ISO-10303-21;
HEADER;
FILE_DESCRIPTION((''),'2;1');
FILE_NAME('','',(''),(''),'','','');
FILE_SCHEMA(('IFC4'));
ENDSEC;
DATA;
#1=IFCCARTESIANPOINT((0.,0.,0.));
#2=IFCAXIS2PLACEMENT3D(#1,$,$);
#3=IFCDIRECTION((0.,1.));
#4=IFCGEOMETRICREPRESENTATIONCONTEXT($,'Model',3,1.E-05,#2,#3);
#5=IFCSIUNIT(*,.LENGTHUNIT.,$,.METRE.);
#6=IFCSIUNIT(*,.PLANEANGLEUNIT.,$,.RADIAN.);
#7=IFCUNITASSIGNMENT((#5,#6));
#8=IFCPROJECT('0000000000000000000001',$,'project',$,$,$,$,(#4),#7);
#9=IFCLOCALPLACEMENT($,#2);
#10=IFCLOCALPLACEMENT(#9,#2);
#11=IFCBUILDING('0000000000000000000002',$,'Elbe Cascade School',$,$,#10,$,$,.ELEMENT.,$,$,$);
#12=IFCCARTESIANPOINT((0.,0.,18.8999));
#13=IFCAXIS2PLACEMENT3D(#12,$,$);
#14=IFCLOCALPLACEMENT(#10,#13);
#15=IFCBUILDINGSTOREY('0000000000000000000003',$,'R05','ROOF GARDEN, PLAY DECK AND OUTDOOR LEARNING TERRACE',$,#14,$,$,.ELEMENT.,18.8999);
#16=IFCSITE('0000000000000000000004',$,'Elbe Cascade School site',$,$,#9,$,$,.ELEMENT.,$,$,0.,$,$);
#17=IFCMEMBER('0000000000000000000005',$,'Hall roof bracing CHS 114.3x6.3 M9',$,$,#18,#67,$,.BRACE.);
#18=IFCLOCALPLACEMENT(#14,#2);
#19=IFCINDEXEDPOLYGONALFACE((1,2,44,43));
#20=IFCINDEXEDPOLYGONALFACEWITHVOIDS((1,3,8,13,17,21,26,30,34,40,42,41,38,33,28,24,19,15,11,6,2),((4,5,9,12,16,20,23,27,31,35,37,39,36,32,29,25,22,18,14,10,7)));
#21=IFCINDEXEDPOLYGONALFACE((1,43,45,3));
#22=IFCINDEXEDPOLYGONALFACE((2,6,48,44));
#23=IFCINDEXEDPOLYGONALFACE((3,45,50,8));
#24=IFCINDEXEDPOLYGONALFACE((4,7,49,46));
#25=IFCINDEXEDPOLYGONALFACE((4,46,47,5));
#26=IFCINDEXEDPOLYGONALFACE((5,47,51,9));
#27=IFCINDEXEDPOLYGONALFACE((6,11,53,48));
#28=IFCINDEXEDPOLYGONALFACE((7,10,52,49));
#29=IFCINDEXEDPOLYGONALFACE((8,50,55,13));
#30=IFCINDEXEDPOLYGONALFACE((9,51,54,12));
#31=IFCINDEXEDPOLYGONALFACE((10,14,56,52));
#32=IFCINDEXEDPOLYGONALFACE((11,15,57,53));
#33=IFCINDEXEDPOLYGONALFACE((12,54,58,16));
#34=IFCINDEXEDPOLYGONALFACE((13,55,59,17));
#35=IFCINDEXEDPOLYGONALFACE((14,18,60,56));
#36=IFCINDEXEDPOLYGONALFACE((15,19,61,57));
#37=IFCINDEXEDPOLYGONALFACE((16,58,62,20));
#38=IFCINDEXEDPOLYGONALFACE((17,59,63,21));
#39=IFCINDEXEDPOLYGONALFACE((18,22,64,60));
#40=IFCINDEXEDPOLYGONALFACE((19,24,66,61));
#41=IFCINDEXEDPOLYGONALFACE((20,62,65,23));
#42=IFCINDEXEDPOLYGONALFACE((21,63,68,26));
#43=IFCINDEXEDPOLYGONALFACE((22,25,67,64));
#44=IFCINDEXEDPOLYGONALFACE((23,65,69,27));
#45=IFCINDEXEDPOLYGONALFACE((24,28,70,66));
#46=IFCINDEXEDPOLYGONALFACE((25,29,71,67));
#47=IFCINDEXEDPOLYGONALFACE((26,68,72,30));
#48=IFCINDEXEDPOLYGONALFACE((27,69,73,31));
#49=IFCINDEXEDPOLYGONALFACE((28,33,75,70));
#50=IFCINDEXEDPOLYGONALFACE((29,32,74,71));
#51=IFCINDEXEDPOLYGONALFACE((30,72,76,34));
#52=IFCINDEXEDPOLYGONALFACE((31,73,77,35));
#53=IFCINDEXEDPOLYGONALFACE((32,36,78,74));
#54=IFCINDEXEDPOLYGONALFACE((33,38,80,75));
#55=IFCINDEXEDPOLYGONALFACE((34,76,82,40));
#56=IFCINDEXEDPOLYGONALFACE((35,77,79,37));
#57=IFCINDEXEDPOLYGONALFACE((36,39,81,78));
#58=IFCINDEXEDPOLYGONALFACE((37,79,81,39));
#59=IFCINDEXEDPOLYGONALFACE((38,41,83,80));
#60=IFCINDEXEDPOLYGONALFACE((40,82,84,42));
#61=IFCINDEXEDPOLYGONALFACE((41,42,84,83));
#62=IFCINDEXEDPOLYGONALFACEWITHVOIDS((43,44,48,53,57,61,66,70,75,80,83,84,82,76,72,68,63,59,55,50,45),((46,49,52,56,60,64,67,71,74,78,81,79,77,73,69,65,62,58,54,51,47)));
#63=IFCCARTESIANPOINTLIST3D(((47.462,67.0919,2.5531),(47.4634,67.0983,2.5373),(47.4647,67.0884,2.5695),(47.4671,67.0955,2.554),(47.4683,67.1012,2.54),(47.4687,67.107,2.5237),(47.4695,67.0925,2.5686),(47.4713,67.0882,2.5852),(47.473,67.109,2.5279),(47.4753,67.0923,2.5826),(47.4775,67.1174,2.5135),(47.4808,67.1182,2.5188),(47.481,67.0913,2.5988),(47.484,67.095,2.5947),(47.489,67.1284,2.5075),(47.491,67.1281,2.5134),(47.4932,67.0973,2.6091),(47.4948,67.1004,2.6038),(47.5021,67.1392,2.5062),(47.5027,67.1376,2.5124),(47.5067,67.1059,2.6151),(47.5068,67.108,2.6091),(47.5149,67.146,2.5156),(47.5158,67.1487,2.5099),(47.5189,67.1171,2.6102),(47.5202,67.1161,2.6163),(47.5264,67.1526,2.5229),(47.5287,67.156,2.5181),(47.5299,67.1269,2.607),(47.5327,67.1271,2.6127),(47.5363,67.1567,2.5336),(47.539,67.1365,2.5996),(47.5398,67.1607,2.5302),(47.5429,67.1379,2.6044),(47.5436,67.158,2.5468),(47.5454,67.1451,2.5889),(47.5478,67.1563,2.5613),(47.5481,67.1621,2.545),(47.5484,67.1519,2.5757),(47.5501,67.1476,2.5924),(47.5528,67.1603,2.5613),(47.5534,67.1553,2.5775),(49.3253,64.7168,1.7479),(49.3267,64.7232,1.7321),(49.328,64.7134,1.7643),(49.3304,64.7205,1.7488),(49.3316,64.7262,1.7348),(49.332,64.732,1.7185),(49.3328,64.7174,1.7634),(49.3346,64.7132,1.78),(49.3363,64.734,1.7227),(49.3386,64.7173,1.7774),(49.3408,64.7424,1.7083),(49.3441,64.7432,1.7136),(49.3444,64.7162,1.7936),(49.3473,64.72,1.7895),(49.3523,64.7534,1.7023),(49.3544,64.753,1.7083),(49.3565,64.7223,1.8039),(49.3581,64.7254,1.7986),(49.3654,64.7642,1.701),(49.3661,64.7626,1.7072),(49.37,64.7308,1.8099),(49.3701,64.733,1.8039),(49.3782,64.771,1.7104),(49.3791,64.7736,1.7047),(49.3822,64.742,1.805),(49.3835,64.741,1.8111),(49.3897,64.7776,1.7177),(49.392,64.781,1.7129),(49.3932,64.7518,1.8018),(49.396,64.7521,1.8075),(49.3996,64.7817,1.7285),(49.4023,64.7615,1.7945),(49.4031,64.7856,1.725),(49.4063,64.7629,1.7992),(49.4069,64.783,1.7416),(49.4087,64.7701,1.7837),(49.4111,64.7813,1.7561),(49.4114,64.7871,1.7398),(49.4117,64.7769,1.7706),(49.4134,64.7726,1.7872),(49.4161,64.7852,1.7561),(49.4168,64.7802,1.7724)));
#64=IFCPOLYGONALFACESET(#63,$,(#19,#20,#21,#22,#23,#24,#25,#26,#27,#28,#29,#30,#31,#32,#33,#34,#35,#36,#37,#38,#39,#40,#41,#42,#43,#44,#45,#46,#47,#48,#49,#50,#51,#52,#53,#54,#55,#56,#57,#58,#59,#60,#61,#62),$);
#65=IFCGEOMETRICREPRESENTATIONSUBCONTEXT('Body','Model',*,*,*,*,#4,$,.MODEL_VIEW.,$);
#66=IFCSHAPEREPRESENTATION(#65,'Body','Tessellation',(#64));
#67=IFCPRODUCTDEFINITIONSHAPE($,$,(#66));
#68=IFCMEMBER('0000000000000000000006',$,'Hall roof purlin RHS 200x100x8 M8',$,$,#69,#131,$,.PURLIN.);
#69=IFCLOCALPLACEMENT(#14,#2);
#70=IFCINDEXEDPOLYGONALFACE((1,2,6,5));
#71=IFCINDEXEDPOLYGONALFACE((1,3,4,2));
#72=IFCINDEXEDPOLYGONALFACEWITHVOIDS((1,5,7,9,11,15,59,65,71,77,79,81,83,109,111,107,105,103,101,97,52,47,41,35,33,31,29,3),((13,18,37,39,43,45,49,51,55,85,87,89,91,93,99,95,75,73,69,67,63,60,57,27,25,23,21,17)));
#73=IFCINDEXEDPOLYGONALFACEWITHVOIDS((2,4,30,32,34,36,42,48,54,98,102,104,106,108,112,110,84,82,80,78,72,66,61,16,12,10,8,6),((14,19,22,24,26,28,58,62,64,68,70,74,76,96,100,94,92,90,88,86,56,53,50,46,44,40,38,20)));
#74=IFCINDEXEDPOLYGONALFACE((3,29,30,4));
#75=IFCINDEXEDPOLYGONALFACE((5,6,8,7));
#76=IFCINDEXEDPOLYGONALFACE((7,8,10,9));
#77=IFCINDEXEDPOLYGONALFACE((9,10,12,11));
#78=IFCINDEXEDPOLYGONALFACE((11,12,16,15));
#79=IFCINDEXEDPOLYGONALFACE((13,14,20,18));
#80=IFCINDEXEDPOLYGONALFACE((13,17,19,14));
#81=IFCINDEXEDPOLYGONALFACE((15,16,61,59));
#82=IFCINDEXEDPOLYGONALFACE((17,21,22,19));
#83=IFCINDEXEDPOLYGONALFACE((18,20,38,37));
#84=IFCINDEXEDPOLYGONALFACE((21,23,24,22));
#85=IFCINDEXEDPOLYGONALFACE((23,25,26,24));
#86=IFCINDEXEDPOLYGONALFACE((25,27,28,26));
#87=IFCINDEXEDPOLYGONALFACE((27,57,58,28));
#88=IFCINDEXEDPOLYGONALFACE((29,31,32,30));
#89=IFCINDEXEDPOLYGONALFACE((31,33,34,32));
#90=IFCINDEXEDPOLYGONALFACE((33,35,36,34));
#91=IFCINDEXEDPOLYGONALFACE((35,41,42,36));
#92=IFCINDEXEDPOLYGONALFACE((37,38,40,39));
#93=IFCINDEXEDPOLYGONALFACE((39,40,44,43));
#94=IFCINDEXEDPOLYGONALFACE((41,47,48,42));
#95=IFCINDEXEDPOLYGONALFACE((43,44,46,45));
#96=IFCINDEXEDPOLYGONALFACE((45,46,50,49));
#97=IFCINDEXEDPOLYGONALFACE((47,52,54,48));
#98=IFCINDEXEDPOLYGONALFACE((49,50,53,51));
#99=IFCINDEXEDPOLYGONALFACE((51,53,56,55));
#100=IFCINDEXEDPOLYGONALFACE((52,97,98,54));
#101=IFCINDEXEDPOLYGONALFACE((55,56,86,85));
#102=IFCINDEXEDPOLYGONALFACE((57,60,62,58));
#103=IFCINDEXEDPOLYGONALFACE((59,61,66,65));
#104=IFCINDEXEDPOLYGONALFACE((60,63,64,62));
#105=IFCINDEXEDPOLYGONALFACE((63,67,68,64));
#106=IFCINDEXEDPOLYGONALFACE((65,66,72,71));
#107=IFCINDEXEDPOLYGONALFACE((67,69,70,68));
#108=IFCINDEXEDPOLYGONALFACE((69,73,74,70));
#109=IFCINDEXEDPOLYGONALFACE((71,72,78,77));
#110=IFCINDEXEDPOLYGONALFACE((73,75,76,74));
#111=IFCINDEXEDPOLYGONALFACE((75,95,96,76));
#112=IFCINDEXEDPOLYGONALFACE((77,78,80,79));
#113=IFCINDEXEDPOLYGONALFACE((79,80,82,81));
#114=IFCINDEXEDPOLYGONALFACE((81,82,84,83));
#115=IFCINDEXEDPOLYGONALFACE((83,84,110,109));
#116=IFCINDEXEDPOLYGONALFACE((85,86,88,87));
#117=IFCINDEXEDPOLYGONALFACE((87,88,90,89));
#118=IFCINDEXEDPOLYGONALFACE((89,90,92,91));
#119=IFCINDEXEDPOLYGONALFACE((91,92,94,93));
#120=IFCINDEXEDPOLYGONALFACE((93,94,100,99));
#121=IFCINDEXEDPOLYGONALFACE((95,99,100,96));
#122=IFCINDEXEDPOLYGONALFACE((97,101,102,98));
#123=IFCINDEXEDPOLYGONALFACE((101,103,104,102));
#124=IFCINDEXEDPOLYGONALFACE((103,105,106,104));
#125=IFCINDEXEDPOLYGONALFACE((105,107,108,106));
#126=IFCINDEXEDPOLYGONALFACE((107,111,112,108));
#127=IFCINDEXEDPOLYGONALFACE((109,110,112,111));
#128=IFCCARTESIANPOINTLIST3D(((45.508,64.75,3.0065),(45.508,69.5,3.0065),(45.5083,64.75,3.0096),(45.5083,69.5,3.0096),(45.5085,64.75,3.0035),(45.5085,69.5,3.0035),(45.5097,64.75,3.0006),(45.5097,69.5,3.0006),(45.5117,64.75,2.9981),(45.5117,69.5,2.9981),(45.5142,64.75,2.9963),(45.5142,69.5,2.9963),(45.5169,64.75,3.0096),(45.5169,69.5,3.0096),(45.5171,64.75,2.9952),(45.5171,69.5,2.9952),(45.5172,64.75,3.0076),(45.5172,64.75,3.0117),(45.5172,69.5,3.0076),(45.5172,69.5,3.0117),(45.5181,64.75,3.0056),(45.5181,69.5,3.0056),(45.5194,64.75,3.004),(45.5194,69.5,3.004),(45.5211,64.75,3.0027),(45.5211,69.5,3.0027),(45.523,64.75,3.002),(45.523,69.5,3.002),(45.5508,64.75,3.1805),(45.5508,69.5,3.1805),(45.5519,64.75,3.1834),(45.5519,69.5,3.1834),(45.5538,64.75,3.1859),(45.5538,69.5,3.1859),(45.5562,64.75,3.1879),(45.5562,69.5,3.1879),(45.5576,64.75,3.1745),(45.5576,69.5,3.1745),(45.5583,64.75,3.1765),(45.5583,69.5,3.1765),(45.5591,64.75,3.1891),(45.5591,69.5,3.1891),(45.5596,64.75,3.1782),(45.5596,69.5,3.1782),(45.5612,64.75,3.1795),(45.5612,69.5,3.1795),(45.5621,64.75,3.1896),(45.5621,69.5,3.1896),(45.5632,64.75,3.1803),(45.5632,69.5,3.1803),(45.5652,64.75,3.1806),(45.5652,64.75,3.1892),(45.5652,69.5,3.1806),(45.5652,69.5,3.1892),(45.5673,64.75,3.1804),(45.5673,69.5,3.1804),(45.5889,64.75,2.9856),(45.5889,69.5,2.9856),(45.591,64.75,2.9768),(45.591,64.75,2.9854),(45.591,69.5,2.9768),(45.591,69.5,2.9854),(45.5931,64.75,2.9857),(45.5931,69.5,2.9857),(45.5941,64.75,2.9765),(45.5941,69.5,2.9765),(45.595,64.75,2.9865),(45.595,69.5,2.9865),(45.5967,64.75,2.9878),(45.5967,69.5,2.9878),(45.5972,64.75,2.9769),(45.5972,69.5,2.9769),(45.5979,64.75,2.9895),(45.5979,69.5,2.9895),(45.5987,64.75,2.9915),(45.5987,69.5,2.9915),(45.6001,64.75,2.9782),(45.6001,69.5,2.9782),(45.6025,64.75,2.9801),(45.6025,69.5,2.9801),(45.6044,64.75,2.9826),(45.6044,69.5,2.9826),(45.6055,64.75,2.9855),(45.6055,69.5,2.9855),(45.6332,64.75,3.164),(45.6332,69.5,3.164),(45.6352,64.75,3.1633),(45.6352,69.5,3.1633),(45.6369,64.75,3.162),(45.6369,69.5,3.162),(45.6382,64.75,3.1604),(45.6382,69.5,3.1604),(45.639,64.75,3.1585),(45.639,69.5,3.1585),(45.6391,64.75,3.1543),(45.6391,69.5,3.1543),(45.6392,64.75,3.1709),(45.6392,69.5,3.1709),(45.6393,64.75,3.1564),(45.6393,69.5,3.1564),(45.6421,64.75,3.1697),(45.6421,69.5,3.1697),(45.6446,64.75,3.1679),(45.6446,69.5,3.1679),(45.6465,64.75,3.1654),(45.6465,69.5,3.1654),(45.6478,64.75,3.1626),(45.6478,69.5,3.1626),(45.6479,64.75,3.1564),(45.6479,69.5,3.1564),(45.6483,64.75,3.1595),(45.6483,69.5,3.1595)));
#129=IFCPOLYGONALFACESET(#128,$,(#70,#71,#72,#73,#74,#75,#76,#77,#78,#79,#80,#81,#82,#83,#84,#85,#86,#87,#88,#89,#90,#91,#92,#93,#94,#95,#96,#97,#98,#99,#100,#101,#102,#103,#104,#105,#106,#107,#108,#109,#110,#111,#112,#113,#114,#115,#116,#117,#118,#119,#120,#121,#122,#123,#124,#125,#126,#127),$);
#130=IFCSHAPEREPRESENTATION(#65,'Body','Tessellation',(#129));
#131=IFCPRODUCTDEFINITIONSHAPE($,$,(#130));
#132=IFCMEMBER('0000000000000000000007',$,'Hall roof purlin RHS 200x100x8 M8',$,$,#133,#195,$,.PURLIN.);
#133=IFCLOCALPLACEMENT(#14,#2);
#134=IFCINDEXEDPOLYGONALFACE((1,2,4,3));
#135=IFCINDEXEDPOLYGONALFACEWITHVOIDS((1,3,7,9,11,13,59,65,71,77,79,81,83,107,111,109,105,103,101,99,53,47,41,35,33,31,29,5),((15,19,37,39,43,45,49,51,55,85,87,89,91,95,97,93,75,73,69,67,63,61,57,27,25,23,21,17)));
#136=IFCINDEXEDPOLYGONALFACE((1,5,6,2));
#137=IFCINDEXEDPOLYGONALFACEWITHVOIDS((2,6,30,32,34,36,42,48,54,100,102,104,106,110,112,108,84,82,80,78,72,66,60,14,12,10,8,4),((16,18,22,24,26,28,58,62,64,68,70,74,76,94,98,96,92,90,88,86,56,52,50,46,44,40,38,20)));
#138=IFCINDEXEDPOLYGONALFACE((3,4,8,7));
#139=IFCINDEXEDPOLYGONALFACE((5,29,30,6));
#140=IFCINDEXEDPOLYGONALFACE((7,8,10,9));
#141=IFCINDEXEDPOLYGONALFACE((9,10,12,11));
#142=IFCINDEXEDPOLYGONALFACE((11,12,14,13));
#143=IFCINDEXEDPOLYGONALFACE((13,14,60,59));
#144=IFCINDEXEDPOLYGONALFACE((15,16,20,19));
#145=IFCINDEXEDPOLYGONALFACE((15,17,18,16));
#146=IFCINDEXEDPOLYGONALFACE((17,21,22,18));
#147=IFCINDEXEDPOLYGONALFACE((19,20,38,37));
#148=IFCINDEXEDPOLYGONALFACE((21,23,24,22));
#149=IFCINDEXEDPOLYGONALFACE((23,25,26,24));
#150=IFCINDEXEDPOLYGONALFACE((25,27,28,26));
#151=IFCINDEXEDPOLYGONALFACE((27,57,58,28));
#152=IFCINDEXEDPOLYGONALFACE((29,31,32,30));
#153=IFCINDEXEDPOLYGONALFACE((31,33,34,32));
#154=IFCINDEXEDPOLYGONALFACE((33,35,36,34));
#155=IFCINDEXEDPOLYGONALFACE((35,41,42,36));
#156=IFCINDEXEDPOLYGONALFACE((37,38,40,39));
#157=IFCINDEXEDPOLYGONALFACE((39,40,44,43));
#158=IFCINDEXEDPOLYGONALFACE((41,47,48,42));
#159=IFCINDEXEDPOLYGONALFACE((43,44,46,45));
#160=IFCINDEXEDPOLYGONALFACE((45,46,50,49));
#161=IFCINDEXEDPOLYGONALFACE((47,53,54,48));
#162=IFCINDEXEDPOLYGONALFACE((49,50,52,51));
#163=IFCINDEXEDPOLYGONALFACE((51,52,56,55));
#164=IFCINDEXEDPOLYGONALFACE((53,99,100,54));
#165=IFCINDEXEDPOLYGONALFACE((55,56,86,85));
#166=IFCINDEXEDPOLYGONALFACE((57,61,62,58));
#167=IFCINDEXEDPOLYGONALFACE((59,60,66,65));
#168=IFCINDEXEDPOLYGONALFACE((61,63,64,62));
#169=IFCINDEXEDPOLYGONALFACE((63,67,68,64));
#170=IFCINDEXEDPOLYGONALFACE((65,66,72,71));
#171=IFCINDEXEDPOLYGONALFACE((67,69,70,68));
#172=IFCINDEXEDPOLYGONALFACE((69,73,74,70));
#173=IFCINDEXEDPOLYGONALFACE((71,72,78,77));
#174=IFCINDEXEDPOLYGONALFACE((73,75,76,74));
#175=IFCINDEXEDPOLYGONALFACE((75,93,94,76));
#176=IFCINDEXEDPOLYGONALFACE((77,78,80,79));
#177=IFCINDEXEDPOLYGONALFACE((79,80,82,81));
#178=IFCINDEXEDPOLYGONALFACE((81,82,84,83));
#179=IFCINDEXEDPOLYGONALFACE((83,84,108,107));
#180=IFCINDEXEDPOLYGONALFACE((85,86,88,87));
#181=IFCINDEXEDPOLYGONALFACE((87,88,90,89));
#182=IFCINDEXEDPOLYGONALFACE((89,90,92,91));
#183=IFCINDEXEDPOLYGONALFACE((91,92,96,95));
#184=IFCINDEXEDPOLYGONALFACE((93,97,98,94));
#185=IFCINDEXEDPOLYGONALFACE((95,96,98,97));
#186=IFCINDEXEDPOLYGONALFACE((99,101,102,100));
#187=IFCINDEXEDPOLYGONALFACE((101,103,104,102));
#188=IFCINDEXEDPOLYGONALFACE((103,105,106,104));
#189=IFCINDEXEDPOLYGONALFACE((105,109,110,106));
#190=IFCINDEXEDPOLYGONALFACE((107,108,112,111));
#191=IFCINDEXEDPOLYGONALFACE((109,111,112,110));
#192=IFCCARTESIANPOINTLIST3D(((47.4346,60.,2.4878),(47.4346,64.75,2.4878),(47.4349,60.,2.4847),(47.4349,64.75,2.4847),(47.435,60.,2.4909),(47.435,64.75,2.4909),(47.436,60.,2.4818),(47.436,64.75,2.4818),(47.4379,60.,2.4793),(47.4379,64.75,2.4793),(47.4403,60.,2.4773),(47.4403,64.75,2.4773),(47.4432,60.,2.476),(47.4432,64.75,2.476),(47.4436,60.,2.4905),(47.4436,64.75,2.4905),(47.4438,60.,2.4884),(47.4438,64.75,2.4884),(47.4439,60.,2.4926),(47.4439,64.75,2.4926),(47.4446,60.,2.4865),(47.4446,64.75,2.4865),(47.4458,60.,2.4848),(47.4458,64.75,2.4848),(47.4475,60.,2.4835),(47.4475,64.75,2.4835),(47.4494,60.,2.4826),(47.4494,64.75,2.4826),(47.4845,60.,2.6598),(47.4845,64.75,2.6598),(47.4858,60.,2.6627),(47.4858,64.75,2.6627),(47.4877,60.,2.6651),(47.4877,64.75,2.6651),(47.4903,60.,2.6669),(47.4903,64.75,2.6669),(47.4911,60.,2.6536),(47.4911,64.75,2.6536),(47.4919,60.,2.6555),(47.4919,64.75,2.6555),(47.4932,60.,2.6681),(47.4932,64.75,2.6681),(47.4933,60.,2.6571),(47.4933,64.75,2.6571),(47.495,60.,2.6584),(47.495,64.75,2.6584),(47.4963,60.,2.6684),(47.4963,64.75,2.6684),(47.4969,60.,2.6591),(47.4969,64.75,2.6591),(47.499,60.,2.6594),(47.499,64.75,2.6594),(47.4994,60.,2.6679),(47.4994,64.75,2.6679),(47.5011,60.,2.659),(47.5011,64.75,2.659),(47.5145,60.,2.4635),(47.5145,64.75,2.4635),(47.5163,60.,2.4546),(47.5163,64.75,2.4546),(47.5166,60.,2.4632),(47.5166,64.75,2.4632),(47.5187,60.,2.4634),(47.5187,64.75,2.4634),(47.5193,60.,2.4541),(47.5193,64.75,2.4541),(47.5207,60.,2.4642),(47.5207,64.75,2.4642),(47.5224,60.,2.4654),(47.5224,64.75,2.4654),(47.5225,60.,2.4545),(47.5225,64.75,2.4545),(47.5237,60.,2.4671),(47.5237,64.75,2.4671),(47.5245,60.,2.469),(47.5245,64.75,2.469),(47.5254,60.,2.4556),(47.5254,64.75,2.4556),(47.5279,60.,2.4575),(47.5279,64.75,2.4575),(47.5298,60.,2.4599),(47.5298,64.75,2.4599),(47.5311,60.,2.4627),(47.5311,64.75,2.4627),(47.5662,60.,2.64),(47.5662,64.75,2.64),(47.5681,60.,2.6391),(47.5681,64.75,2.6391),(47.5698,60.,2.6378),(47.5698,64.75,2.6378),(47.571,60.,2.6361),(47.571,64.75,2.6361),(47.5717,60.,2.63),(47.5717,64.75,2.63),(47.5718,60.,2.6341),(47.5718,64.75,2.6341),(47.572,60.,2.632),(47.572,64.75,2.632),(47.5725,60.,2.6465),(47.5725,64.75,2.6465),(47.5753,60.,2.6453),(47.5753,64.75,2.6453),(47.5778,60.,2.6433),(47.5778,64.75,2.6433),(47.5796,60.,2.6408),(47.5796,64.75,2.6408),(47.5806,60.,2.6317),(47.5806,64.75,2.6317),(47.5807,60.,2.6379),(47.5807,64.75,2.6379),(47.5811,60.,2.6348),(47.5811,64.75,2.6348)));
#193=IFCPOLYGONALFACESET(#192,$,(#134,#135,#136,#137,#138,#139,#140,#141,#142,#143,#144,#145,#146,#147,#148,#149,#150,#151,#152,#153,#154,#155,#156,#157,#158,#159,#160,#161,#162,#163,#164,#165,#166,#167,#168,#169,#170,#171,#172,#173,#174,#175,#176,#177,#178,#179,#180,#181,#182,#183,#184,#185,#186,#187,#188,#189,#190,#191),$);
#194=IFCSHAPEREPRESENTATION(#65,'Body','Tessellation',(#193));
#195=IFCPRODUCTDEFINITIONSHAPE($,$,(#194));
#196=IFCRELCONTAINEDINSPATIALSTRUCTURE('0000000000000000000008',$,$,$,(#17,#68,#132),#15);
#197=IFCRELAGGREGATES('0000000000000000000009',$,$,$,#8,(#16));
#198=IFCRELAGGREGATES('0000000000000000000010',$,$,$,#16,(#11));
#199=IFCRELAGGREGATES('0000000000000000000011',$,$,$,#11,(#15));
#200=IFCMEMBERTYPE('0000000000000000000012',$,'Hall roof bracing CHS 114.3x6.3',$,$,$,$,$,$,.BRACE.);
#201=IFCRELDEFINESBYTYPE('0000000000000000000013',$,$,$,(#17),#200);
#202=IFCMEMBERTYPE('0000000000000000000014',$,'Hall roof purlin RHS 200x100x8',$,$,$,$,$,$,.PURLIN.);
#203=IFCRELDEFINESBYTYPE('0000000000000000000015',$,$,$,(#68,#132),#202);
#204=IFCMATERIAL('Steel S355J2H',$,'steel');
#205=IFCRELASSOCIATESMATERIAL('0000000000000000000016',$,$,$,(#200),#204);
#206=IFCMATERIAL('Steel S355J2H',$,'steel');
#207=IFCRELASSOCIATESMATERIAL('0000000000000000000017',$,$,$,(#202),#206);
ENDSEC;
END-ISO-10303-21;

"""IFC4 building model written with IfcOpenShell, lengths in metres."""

from ifc_helpers import new_model, si_unit, direction, frame, origin, origin_2d, place, context, subcontext, project, spatial, hollow_rectangle, hollow_circle, extrude, material, material_profile, profile_set, type_object, element, save


model = new_model("IFC4")

# Units and contexts
model_context = context("Model", 3, precision=1e-05, world=origin(), true_north=direction((0.0, 1.0)))
body_context = subcontext(model_context, "Body", "Model", "MODEL_VIEW")
ifc_project = project(units=[si_unit("LENGTHUNIT", "METRE"), si_unit("PLANEANGLEUNIT", "RADIAN")], contexts=[model_context])

# Site, building, storey
site_placement = place(None, origin())
site = spatial("IfcSite", under=ifc_project, at=site_placement, Name="Elbe Cascade School site", CompositionType="ELEMENT", RefElevation=0.0)
building_placement = place(site_placement, origin())
building = spatial("IfcBuilding", under=site, at=building_placement, Name="Elbe Cascade School", CompositionType="ELEMENT")
storey_placement = place(building_placement, frame((0.0, 0.0, 18.8999)))
storey = spatial("IfcBuildingStorey", under=building, at=storey_placement, Name="R05", Description="ROOF GARDEN, PLAY DECK AND OUTDOOR LEARNING TERRACE", CompositionType="ELEMENT", Elevation=18.8999)

# Members
ifc_material_1 = material(Name="Steel S355J2H", Category="steel")
ifc_material_profile_1 = material_profile(ifc_material_1, hollow_circle(Radius=0.0571, WallThickness=0.0063, at=origin_2d()), Name="CHS 114.3x6.3")
ifc_profile_set_1 = profile_set([ifc_material_profile_1], Name="Steel S355J2H")
member_type_1 = type_object("IfcMemberType", Name="Hall roof bracing CHS 114.3x6.3", PredefinedType="BRACE", material=ifc_profile_set_1)
member_1_placement = place(storey_placement, frame((47.5078, 67.125, 2.5613), z_axis=(0.596399, -0.76019, -0.257721), x_axis=(0.786767, 0.61725, 0.0)))
element("IfcMember", 1, at=member_1_placement, inside=storey, type_object=member_type_1, Name="Hall roof bracing CHS 114.3x6.3 M9", PredefinedType="BRACE", context=body_context, shape_type="SweptSolid", body=[
    extrude(hollow_circle(Radius=0.0571, WallThickness=0.0063, at=origin_2d()), origin(), (0.0, 0.0, 1.0), 3.1243),
])
ifc_material_2 = material(Name="Steel S355J2H", Category="steel")
ifc_material_profile_2 = material_profile(ifc_material_2, hollow_rectangle(XDim=0.1001, YDim=0.2, WallThickness=0.0081, InnerFilletRadius=0.0081, OuterFilletRadius=0.012, at=origin_2d()), Name="RHS 200x100x8")
ifc_profile_set_2 = profile_set([ifc_material_profile_2], Name="Steel S355J2H")
member_type_2 = type_object("IfcMemberType", Name="Hall roof purlin RHS 200x100x8", PredefinedType="PURLIN", material=ifc_profile_set_2)
for number, where, z_axis, x_axis, name in (
    (2, (45.5781, 64.75, 3.083), (0.0, 1.0, 0.0), (-0.970543, 0.0, 0.240927), "Hall roof purlin RHS 200x100x8 M8"),
    (3, (47.5078, 60.0, 2.5613), (0.0, 1.0, 0.0), (-0.959684, 0.0, 0.281081), "Hall roof purlin RHS 200x100x8 M8"),
):
    element("IfcMember", number, at=place(storey_placement, frame(where, z_axis=z_axis, x_axis=x_axis)), inside=storey, type_object=member_type_2, Name=name, PredefinedType="PURLIN", context=body_context, shape_type="SweptSolid", body=[
        extrude(hollow_rectangle(XDim=0.1001, YDim=0.2, WallThickness=0.0081, InnerFilletRadius=0.0081, OuterFilletRadius=0.012, at=origin_2d()), origin(), (0.0, 0.0, 1.0), 4.75),
    ])

save(model, "model.ifc")
